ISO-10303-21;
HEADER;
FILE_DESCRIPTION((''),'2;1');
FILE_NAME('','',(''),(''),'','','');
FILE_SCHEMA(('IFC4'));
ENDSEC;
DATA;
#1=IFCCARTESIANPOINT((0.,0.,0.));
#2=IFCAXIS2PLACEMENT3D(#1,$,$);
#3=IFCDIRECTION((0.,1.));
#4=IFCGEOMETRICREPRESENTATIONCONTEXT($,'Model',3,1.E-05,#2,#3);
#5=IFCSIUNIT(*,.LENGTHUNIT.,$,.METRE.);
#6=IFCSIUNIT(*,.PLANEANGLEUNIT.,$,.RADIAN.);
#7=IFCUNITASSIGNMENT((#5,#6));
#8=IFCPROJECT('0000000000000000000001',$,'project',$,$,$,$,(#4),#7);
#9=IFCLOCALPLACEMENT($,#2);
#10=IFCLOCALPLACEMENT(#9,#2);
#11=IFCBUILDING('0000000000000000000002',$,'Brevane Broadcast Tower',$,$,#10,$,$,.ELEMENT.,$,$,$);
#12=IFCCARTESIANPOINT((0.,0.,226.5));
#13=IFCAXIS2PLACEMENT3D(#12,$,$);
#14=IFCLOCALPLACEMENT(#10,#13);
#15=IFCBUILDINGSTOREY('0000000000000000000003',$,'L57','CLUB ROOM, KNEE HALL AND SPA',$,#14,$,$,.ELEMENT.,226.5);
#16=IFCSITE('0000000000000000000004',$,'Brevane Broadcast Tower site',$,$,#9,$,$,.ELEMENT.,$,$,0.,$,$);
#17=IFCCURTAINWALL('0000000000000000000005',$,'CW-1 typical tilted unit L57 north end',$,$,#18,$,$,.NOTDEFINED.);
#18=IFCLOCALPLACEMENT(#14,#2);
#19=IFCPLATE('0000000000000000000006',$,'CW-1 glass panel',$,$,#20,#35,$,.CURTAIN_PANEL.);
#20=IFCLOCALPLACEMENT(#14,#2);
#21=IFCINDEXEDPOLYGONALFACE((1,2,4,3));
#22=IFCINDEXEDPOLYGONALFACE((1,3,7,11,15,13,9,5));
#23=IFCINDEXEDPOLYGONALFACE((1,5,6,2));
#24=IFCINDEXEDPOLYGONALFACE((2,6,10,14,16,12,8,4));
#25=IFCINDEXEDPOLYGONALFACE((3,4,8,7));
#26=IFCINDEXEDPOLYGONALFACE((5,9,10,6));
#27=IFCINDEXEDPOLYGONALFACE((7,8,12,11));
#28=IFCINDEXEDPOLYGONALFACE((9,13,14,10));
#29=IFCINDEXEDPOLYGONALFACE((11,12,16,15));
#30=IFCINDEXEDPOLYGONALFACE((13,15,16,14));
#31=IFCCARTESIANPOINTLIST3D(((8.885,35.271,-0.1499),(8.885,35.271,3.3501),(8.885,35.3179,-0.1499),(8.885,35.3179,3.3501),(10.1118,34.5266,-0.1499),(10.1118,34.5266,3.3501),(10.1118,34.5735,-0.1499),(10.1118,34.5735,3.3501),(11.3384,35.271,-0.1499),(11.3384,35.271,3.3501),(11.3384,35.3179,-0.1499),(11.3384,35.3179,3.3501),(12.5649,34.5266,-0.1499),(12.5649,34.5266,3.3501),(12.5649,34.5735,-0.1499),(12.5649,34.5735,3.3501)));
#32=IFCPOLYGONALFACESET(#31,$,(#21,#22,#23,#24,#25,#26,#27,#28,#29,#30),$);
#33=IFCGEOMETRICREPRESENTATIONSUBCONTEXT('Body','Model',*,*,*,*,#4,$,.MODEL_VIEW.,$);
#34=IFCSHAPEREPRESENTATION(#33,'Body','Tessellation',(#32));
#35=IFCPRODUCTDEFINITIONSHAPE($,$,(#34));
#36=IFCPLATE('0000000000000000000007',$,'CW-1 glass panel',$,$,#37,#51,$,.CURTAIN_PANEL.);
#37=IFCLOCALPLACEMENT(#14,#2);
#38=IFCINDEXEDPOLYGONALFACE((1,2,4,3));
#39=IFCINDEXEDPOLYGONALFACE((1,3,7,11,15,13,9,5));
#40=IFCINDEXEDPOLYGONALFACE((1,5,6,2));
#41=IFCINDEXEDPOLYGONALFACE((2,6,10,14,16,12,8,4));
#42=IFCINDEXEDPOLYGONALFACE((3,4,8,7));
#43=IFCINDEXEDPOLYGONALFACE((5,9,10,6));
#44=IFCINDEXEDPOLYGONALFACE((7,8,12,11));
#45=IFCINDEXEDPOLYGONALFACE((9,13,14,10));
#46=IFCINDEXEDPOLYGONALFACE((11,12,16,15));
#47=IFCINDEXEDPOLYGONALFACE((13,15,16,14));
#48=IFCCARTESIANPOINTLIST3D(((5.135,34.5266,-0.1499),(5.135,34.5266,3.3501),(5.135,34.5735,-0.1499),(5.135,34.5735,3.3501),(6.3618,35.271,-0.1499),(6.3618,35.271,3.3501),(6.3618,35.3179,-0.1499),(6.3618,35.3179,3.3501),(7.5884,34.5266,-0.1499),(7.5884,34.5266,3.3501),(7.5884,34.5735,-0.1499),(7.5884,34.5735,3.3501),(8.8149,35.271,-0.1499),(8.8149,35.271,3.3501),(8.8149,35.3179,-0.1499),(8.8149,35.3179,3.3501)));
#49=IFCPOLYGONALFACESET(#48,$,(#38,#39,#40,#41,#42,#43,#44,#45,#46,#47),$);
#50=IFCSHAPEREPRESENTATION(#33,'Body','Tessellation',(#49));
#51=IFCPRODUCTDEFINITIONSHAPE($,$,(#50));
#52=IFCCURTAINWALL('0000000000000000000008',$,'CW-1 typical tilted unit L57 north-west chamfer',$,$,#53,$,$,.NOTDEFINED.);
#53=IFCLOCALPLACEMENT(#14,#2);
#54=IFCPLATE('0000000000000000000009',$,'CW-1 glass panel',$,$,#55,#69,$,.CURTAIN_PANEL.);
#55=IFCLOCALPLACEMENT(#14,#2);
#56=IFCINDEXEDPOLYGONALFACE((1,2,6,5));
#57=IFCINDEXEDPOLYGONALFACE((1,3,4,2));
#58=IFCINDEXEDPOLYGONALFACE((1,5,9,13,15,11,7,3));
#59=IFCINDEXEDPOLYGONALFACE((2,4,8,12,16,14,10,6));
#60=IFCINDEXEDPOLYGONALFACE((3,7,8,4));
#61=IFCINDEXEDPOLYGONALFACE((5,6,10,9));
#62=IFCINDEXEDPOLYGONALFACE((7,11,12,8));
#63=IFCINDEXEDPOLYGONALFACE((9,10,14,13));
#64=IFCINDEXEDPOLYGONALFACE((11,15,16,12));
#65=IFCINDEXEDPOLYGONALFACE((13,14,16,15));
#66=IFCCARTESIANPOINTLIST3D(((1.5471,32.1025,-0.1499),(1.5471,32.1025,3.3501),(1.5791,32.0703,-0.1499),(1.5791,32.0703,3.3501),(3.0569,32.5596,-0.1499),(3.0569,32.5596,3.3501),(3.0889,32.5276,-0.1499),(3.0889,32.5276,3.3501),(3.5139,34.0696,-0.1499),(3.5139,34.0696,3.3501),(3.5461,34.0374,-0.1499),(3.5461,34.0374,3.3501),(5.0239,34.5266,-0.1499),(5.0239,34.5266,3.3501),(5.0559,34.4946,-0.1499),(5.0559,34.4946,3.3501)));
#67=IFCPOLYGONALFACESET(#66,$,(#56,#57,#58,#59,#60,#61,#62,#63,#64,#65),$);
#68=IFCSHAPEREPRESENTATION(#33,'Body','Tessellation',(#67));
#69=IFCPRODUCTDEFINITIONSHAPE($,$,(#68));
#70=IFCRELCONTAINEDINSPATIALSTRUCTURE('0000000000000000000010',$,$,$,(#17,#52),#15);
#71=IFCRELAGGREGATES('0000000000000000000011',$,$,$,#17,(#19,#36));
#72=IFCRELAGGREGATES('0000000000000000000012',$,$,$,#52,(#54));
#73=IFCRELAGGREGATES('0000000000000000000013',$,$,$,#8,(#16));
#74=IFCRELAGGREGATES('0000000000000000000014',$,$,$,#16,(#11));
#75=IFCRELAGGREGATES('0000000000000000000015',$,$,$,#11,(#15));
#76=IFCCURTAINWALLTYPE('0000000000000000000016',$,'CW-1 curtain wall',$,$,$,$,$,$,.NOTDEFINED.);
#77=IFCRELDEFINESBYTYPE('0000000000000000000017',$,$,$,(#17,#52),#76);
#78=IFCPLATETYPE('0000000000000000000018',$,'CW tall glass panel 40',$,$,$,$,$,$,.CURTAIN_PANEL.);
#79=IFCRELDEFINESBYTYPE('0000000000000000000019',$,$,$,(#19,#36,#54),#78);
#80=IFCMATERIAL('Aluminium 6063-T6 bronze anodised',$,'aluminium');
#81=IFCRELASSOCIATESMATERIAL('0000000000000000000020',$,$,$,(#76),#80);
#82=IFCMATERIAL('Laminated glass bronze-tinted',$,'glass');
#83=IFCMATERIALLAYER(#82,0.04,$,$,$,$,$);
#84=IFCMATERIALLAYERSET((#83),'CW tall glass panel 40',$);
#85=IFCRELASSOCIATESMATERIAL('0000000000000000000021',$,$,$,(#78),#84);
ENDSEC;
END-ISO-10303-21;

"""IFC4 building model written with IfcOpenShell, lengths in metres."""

from ifc_helpers import new_model, si_unit, direction, frame, origin, place, context, subcontext, project, spatial, polyline, outline, extrude, material, layer, layer_set, type_object, element, aggregate, save


model = new_model("IFC4")

# Units and contexts
model_context = context("Model", 3, precision=1e-05, world=origin(), true_north=direction((0.0, 1.0)))
body_context = subcontext(model_context, "Body", "Model", "MODEL_VIEW")
ifc_project = project(units=[si_unit("LENGTHUNIT", "METRE"), si_unit("PLANEANGLEUNIT", "RADIAN")], contexts=[model_context])

# Site, building, storey
site_placement = place(None, origin())
site = spatial("IfcSite", under=ifc_project, at=site_placement, Name="Brevane Broadcast Tower site", CompositionType="ELEMENT", RefElevation=0.0)
building_placement = place(site_placement, origin())
building = spatial("IfcBuilding", under=site, at=building_placement, Name="Brevane Broadcast Tower", CompositionType="ELEMENT")
storey_placement = place(building_placement, frame((0.0, 0.0, 226.5)))
storey = spatial("IfcBuildingStorey", under=building, at=storey_placement, Name="L57", Description="CLUB ROOM, KNEE HALL AND SPA", CompositionType="ELEMENT", Elevation=226.5)

# Curtain wall, plates
ifc_material_1 = material(Name="Aluminium 6063-T6 bronze anodised", Category="aluminium")
curtain_wall_type = type_object("IfcCurtainWallType", Name="CW-1 curtain wall", PredefinedType="NOTDEFINED", material=ifc_material_1)
ifc_material_2 = material(Name="Laminated glass bronze-tinted", Category="glass")
ifc_layer = layer(ifc_material_2, 0.04)
ifc_layer_set = layer_set([ifc_layer], Name="CW tall glass panel 40")
plate_type = type_object("IfcPlateType", Name="CW tall glass panel 40", PredefinedType="CURTAIN_PANEL", material=ifc_layer_set)
curtain_wall_1_placement = place(storey_placement, origin())
curtain_wall_1 = element("IfcCurtainWall", 1, at=curtain_wall_1_placement, inside=storey, type_object=curtain_wall_type, Name="CW-1 typical tilted unit L57 north end", PredefinedType="NOTDEFINED")
plate_1_placement = place(storey_placement, frame((0.0, 0.0, -0.1499)))
plate_1 = element("IfcPlate", 2, at=plate_1_placement, type_object=plate_type, Name="CW-1 glass panel", PredefinedType="CURTAIN_PANEL", context=body_context, shape_type="SweptSolid", body=[
    extrude(outline(polyline([(12.5649, 34.5266), (12.5649, 34.5735), (11.3384, 35.3179), (10.1118, 34.5735), (8.885, 35.3179), (8.885, 35.271), (10.1118, 34.5266), (11.3384, 35.271), (12.5649, 34.5266)])), origin(), (0.0, 0.0, 1.0), 3.5),
])
plate_2_placement = place(storey_placement, frame((0.0, 0.0, -0.1499)))
plate_2 = element("IfcPlate", 3, at=plate_2_placement, type_object=plate_type, Name="CW-1 glass panel", PredefinedType="CURTAIN_PANEL", context=body_context, shape_type="SweptSolid", body=[
    extrude(outline(polyline([(8.8149, 35.271), (8.8149, 35.3179), (7.5884, 34.5735), (6.3618, 35.3179), (5.135, 34.5735), (5.135, 34.5266), (6.3618, 35.271), (7.5884, 34.5266), (8.8149, 35.271)])), origin(), (0.0, 0.0, 1.0), 3.5),
])
aggregate(curtain_wall_1, [plate_1, plate_2])

# Curtain wall, plate
curtain_wall_2_placement = place(storey_placement, origin())
curtain_wall_2 = element("IfcCurtainWall", 4, at=curtain_wall_2_placement, inside=storey, type_object=curtain_wall_type, Name="CW-1 typical tilted unit L57 north-west chamfer", PredefinedType="NOTDEFINED")
plate_3_placement = place(storey_placement, frame((0.0, 0.0, -0.1499)))
plate_3 = element("IfcPlate", 5, at=plate_3_placement, type_object=plate_type, Name="CW-1 glass panel", PredefinedType="CURTAIN_PANEL", context=body_context, shape_type="SweptSolid", body=[
    extrude(outline(polyline([(5.0559, 34.4946), (5.0239, 34.5266), (3.5139, 34.0696), (3.0569, 32.5596), (1.5471, 32.1025), (1.5791, 32.0703), (3.0889, 32.5276), (3.5461, 34.0374), (5.0559, 34.4946)])), origin(), (0.0, 0.0, 1.0), 3.5),
])
aggregate(curtain_wall_2, [plate_3])

save(model, "model.ifc")
